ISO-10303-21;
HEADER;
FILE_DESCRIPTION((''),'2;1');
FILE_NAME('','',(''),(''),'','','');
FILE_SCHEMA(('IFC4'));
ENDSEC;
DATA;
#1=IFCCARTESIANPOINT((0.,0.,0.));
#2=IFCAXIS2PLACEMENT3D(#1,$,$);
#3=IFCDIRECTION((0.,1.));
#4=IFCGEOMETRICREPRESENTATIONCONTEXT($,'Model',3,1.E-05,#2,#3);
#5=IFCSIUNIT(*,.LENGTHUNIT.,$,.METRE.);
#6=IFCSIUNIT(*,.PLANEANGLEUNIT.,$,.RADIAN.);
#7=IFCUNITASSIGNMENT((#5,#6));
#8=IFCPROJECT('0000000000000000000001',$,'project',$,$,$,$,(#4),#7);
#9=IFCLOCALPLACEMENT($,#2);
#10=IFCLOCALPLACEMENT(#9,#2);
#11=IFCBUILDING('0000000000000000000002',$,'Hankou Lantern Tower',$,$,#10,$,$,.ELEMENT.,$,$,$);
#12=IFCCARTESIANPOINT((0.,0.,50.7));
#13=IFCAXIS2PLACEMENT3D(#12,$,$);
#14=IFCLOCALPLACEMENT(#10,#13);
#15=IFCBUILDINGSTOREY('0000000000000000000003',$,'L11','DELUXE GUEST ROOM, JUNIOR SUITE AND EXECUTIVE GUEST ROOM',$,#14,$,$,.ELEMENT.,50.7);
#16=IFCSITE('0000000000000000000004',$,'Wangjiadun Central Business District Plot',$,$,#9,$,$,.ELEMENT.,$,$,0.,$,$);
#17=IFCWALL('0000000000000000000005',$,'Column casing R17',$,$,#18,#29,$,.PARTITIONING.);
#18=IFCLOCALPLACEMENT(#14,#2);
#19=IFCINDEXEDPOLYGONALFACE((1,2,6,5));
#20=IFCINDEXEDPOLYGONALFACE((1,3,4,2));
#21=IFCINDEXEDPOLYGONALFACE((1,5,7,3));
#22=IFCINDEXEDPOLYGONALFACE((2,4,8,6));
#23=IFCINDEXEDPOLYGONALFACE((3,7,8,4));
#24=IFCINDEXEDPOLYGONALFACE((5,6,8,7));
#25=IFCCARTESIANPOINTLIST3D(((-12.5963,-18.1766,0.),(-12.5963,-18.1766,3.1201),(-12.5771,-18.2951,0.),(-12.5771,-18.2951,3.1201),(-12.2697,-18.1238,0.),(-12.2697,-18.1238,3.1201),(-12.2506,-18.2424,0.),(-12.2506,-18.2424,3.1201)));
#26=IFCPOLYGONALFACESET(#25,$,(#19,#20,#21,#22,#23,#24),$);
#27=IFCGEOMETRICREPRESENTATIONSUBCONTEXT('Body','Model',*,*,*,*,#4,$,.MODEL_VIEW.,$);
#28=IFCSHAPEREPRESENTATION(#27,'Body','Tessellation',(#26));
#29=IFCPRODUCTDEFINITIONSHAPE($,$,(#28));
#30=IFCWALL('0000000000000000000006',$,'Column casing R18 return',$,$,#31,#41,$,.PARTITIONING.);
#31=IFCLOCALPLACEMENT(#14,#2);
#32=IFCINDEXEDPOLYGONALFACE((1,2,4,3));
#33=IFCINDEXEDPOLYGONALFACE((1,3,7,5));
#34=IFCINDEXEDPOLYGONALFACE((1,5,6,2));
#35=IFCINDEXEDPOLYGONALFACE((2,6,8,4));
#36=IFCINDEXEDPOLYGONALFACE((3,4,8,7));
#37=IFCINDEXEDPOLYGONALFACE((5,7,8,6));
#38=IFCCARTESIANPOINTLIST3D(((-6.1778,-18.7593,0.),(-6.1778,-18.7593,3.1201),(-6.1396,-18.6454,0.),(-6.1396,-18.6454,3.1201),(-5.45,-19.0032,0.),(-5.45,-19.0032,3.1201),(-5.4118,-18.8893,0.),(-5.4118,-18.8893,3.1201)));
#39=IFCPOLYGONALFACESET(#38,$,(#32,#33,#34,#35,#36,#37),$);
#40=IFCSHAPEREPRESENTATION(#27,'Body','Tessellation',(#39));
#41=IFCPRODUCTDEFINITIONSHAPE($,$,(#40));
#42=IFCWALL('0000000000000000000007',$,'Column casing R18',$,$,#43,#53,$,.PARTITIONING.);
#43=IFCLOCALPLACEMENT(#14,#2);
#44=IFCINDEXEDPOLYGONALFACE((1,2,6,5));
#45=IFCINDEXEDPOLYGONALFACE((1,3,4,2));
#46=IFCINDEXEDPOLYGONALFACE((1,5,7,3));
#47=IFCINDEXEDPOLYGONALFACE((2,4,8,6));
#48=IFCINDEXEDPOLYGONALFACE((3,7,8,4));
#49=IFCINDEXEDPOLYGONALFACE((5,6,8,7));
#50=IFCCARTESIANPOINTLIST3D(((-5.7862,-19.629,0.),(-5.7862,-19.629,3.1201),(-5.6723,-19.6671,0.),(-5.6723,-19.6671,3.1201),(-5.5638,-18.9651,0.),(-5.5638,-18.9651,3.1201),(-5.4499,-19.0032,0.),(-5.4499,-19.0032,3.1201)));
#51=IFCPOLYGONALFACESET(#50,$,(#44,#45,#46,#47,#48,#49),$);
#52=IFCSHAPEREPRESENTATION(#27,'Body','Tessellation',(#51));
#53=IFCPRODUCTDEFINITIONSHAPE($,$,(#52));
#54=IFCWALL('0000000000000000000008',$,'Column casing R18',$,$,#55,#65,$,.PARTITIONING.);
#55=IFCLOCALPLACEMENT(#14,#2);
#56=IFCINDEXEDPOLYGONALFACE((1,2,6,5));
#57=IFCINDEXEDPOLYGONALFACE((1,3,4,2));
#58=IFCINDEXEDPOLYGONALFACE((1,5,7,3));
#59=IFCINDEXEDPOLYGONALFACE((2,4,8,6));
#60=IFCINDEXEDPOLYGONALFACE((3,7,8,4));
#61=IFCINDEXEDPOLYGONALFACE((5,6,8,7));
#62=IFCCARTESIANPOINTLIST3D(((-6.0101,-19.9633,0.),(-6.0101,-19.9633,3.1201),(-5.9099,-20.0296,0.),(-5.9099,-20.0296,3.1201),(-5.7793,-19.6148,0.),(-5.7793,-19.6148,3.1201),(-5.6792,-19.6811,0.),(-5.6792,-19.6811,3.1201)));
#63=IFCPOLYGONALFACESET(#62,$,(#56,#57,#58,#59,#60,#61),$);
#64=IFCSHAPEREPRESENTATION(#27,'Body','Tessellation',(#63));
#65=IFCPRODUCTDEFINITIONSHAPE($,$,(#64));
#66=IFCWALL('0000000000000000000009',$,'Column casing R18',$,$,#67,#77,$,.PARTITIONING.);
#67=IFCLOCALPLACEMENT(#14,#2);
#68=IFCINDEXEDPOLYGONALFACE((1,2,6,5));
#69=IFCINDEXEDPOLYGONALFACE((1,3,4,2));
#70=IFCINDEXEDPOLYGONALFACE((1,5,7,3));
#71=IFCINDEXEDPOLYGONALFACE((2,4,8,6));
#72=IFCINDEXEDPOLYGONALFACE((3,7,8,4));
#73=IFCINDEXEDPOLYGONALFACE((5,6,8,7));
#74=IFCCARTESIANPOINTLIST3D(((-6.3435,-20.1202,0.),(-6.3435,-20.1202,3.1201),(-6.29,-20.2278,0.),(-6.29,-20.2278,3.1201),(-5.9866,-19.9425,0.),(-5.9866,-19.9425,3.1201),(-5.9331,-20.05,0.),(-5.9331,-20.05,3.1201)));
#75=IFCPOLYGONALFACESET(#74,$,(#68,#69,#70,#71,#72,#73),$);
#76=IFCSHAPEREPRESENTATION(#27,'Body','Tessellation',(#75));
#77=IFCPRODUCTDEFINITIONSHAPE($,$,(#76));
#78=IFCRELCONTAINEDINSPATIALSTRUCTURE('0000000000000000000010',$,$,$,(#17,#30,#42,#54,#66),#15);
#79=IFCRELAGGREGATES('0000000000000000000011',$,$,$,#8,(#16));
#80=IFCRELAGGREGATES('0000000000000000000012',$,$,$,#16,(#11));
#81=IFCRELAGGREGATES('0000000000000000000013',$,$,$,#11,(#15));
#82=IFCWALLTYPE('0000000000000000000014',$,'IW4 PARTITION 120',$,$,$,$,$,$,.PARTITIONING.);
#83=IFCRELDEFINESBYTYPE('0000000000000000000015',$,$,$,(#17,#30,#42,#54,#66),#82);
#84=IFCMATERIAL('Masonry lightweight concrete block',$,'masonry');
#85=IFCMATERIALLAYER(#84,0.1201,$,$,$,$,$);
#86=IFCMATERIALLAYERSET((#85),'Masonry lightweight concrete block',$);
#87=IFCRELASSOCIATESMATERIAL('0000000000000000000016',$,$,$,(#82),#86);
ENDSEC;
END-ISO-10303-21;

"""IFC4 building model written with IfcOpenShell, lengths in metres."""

from ifc_helpers import new_model, si_unit, direction, frame, frame_2d, origin, place, context, subcontext, project, spatial, rectangle, extrude, material, layer, layer_set, type_object, element, save


model = new_model("IFC4")

# Units and contexts
model_context = context("Model", 3, precision=1e-05, world=origin(), true_north=direction((0.0, 1.0)))
body_context = subcontext(model_context, "Body", "Model", "MODEL_VIEW")
ifc_project = project(units=[si_unit("LENGTHUNIT", "METRE"), si_unit("PLANEANGLEUNIT", "RADIAN")], contexts=[model_context])

# Site, building, storey
site_placement = place(None, origin())
site = spatial("IfcSite", under=ifc_project, at=site_placement, Name="Wangjiadun Central Business District Plot", CompositionType="ELEMENT", RefElevation=0.0)
building_placement = place(site_placement, origin())
building = spatial("IfcBuilding", under=site, at=building_placement, Name="Hankou Lantern Tower", CompositionType="ELEMENT")
storey_placement = place(building_placement, frame((0.0, 0.0, 50.7)))
storey = spatial("IfcBuildingStorey", under=building, at=storey_placement, Name="L11", Description="DELUXE GUEST ROOM, JUNIOR SUITE AND EXECUTIVE GUEST ROOM", CompositionType="ELEMENT", Elevation=50.7)

# Walls
ifc_material_1 = material(Name="Masonry lightweight concrete block", Category="masonry")
ifc_layer_1 = layer(ifc_material_1, 0.1201)
ifc_layer_set_1 = layer_set([ifc_layer_1], Name="Masonry lightweight concrete block")
wall_type_1 = type_object("IfcWallType", Name="IW4 PARTITION 120", PredefinedType="PARTITIONING", material=ifc_layer_set_1)
wall_1_placement = place(storey_placement, frame((-12.26, -18.1831, 0.0), z_axis=(0.0, 0.0, 1.0), x_axis=(-0.987219, -0.159372, 0.0)))
element("IfcWall", 1, at=wall_1_placement, inside=storey, type_object=wall_type_1, Name="Column casing R17", PredefinedType="PARTITIONING", context=body_context, shape_type="SweptSolid", body=[
    extrude(rectangle(XDim=0.3308, YDim=0.1201, at=frame_2d((0.1655, 0.0))), origin(), (0.0, 0.0, 1.0), 3.1201),
])
wall_2_placement = place(storey_placement, frame((-6.1587, -18.7024, 0.0), z_axis=(0.0, 0.0, 1.0), x_axis=(0.948173, -0.317754, 0.0)))
element("IfcWall", 2, at=wall_2_placement, inside=storey, type_object=wall_type_1, Name="Column casing R18 return", PredefinedType="PARTITIONING", context=body_context, shape_type="SweptSolid", body=[
    extrude(rectangle(XDim=0.7676, YDim=0.1201, at=frame_2d((0.3838, 0.0))), origin(), (0.0, 0.0, 1.0), 3.1201),
])
wall_3_placement = place(storey_placement, frame((-5.5068, -18.9841, 0.0), z_axis=(0.0, 0.0, 1.0), x_axis=(-0.317692, -0.948194, 0.0)))
element("IfcWall", 3, at=wall_3_placement, inside=storey, type_object=wall_type_1, Name="Column casing R18", PredefinedType="PARTITIONING", context=body_context, shape_type="SweptSolid", body=[
    extrude(rectangle(XDim=0.7002, YDim=0.1201, at=frame_2d((0.3501, 0.0))), origin(), (0.0, 0.0, 1.0), 3.1201),
])
wall_4_placement = place(storey_placement, frame((-5.7292, -19.6479, 0.0), z_axis=(0.0, 0.0, 1.0), x_axis=(-0.552136, -0.833754, 0.0)))
element("IfcWall", 4, at=wall_4_placement, inside=storey, type_object=wall_type_1, Name="Column casing R18", PredefinedType="PARTITIONING", context=body_context, shape_type="SweptSolid", body=[
    extrude(rectangle(XDim=0.418, YDim=0.1201, at=frame_2d((0.209, 0.0))), origin(), (0.0, 0.0, 1.0), 3.1201),
])
wall_5_placement = place(storey_placement, frame((-5.96, -19.9963, 0.0), z_axis=(0.0, 0.0, 1.0), x_axis=(-0.895161, -0.445744, 0.0)))
element("IfcWall", 5, at=wall_5_placement, inside=storey, type_object=wall_type_1, Name="Column casing R18", PredefinedType="PARTITIONING", context=body_context, shape_type="SweptSolid", body=[
    extrude(rectangle(XDim=0.3987, YDim=0.1201, at=frame_2d((0.1992, 0.0))), origin(), (0.0, 0.0, 1.0), 3.1201),
])

save(model, "model.ifc")
